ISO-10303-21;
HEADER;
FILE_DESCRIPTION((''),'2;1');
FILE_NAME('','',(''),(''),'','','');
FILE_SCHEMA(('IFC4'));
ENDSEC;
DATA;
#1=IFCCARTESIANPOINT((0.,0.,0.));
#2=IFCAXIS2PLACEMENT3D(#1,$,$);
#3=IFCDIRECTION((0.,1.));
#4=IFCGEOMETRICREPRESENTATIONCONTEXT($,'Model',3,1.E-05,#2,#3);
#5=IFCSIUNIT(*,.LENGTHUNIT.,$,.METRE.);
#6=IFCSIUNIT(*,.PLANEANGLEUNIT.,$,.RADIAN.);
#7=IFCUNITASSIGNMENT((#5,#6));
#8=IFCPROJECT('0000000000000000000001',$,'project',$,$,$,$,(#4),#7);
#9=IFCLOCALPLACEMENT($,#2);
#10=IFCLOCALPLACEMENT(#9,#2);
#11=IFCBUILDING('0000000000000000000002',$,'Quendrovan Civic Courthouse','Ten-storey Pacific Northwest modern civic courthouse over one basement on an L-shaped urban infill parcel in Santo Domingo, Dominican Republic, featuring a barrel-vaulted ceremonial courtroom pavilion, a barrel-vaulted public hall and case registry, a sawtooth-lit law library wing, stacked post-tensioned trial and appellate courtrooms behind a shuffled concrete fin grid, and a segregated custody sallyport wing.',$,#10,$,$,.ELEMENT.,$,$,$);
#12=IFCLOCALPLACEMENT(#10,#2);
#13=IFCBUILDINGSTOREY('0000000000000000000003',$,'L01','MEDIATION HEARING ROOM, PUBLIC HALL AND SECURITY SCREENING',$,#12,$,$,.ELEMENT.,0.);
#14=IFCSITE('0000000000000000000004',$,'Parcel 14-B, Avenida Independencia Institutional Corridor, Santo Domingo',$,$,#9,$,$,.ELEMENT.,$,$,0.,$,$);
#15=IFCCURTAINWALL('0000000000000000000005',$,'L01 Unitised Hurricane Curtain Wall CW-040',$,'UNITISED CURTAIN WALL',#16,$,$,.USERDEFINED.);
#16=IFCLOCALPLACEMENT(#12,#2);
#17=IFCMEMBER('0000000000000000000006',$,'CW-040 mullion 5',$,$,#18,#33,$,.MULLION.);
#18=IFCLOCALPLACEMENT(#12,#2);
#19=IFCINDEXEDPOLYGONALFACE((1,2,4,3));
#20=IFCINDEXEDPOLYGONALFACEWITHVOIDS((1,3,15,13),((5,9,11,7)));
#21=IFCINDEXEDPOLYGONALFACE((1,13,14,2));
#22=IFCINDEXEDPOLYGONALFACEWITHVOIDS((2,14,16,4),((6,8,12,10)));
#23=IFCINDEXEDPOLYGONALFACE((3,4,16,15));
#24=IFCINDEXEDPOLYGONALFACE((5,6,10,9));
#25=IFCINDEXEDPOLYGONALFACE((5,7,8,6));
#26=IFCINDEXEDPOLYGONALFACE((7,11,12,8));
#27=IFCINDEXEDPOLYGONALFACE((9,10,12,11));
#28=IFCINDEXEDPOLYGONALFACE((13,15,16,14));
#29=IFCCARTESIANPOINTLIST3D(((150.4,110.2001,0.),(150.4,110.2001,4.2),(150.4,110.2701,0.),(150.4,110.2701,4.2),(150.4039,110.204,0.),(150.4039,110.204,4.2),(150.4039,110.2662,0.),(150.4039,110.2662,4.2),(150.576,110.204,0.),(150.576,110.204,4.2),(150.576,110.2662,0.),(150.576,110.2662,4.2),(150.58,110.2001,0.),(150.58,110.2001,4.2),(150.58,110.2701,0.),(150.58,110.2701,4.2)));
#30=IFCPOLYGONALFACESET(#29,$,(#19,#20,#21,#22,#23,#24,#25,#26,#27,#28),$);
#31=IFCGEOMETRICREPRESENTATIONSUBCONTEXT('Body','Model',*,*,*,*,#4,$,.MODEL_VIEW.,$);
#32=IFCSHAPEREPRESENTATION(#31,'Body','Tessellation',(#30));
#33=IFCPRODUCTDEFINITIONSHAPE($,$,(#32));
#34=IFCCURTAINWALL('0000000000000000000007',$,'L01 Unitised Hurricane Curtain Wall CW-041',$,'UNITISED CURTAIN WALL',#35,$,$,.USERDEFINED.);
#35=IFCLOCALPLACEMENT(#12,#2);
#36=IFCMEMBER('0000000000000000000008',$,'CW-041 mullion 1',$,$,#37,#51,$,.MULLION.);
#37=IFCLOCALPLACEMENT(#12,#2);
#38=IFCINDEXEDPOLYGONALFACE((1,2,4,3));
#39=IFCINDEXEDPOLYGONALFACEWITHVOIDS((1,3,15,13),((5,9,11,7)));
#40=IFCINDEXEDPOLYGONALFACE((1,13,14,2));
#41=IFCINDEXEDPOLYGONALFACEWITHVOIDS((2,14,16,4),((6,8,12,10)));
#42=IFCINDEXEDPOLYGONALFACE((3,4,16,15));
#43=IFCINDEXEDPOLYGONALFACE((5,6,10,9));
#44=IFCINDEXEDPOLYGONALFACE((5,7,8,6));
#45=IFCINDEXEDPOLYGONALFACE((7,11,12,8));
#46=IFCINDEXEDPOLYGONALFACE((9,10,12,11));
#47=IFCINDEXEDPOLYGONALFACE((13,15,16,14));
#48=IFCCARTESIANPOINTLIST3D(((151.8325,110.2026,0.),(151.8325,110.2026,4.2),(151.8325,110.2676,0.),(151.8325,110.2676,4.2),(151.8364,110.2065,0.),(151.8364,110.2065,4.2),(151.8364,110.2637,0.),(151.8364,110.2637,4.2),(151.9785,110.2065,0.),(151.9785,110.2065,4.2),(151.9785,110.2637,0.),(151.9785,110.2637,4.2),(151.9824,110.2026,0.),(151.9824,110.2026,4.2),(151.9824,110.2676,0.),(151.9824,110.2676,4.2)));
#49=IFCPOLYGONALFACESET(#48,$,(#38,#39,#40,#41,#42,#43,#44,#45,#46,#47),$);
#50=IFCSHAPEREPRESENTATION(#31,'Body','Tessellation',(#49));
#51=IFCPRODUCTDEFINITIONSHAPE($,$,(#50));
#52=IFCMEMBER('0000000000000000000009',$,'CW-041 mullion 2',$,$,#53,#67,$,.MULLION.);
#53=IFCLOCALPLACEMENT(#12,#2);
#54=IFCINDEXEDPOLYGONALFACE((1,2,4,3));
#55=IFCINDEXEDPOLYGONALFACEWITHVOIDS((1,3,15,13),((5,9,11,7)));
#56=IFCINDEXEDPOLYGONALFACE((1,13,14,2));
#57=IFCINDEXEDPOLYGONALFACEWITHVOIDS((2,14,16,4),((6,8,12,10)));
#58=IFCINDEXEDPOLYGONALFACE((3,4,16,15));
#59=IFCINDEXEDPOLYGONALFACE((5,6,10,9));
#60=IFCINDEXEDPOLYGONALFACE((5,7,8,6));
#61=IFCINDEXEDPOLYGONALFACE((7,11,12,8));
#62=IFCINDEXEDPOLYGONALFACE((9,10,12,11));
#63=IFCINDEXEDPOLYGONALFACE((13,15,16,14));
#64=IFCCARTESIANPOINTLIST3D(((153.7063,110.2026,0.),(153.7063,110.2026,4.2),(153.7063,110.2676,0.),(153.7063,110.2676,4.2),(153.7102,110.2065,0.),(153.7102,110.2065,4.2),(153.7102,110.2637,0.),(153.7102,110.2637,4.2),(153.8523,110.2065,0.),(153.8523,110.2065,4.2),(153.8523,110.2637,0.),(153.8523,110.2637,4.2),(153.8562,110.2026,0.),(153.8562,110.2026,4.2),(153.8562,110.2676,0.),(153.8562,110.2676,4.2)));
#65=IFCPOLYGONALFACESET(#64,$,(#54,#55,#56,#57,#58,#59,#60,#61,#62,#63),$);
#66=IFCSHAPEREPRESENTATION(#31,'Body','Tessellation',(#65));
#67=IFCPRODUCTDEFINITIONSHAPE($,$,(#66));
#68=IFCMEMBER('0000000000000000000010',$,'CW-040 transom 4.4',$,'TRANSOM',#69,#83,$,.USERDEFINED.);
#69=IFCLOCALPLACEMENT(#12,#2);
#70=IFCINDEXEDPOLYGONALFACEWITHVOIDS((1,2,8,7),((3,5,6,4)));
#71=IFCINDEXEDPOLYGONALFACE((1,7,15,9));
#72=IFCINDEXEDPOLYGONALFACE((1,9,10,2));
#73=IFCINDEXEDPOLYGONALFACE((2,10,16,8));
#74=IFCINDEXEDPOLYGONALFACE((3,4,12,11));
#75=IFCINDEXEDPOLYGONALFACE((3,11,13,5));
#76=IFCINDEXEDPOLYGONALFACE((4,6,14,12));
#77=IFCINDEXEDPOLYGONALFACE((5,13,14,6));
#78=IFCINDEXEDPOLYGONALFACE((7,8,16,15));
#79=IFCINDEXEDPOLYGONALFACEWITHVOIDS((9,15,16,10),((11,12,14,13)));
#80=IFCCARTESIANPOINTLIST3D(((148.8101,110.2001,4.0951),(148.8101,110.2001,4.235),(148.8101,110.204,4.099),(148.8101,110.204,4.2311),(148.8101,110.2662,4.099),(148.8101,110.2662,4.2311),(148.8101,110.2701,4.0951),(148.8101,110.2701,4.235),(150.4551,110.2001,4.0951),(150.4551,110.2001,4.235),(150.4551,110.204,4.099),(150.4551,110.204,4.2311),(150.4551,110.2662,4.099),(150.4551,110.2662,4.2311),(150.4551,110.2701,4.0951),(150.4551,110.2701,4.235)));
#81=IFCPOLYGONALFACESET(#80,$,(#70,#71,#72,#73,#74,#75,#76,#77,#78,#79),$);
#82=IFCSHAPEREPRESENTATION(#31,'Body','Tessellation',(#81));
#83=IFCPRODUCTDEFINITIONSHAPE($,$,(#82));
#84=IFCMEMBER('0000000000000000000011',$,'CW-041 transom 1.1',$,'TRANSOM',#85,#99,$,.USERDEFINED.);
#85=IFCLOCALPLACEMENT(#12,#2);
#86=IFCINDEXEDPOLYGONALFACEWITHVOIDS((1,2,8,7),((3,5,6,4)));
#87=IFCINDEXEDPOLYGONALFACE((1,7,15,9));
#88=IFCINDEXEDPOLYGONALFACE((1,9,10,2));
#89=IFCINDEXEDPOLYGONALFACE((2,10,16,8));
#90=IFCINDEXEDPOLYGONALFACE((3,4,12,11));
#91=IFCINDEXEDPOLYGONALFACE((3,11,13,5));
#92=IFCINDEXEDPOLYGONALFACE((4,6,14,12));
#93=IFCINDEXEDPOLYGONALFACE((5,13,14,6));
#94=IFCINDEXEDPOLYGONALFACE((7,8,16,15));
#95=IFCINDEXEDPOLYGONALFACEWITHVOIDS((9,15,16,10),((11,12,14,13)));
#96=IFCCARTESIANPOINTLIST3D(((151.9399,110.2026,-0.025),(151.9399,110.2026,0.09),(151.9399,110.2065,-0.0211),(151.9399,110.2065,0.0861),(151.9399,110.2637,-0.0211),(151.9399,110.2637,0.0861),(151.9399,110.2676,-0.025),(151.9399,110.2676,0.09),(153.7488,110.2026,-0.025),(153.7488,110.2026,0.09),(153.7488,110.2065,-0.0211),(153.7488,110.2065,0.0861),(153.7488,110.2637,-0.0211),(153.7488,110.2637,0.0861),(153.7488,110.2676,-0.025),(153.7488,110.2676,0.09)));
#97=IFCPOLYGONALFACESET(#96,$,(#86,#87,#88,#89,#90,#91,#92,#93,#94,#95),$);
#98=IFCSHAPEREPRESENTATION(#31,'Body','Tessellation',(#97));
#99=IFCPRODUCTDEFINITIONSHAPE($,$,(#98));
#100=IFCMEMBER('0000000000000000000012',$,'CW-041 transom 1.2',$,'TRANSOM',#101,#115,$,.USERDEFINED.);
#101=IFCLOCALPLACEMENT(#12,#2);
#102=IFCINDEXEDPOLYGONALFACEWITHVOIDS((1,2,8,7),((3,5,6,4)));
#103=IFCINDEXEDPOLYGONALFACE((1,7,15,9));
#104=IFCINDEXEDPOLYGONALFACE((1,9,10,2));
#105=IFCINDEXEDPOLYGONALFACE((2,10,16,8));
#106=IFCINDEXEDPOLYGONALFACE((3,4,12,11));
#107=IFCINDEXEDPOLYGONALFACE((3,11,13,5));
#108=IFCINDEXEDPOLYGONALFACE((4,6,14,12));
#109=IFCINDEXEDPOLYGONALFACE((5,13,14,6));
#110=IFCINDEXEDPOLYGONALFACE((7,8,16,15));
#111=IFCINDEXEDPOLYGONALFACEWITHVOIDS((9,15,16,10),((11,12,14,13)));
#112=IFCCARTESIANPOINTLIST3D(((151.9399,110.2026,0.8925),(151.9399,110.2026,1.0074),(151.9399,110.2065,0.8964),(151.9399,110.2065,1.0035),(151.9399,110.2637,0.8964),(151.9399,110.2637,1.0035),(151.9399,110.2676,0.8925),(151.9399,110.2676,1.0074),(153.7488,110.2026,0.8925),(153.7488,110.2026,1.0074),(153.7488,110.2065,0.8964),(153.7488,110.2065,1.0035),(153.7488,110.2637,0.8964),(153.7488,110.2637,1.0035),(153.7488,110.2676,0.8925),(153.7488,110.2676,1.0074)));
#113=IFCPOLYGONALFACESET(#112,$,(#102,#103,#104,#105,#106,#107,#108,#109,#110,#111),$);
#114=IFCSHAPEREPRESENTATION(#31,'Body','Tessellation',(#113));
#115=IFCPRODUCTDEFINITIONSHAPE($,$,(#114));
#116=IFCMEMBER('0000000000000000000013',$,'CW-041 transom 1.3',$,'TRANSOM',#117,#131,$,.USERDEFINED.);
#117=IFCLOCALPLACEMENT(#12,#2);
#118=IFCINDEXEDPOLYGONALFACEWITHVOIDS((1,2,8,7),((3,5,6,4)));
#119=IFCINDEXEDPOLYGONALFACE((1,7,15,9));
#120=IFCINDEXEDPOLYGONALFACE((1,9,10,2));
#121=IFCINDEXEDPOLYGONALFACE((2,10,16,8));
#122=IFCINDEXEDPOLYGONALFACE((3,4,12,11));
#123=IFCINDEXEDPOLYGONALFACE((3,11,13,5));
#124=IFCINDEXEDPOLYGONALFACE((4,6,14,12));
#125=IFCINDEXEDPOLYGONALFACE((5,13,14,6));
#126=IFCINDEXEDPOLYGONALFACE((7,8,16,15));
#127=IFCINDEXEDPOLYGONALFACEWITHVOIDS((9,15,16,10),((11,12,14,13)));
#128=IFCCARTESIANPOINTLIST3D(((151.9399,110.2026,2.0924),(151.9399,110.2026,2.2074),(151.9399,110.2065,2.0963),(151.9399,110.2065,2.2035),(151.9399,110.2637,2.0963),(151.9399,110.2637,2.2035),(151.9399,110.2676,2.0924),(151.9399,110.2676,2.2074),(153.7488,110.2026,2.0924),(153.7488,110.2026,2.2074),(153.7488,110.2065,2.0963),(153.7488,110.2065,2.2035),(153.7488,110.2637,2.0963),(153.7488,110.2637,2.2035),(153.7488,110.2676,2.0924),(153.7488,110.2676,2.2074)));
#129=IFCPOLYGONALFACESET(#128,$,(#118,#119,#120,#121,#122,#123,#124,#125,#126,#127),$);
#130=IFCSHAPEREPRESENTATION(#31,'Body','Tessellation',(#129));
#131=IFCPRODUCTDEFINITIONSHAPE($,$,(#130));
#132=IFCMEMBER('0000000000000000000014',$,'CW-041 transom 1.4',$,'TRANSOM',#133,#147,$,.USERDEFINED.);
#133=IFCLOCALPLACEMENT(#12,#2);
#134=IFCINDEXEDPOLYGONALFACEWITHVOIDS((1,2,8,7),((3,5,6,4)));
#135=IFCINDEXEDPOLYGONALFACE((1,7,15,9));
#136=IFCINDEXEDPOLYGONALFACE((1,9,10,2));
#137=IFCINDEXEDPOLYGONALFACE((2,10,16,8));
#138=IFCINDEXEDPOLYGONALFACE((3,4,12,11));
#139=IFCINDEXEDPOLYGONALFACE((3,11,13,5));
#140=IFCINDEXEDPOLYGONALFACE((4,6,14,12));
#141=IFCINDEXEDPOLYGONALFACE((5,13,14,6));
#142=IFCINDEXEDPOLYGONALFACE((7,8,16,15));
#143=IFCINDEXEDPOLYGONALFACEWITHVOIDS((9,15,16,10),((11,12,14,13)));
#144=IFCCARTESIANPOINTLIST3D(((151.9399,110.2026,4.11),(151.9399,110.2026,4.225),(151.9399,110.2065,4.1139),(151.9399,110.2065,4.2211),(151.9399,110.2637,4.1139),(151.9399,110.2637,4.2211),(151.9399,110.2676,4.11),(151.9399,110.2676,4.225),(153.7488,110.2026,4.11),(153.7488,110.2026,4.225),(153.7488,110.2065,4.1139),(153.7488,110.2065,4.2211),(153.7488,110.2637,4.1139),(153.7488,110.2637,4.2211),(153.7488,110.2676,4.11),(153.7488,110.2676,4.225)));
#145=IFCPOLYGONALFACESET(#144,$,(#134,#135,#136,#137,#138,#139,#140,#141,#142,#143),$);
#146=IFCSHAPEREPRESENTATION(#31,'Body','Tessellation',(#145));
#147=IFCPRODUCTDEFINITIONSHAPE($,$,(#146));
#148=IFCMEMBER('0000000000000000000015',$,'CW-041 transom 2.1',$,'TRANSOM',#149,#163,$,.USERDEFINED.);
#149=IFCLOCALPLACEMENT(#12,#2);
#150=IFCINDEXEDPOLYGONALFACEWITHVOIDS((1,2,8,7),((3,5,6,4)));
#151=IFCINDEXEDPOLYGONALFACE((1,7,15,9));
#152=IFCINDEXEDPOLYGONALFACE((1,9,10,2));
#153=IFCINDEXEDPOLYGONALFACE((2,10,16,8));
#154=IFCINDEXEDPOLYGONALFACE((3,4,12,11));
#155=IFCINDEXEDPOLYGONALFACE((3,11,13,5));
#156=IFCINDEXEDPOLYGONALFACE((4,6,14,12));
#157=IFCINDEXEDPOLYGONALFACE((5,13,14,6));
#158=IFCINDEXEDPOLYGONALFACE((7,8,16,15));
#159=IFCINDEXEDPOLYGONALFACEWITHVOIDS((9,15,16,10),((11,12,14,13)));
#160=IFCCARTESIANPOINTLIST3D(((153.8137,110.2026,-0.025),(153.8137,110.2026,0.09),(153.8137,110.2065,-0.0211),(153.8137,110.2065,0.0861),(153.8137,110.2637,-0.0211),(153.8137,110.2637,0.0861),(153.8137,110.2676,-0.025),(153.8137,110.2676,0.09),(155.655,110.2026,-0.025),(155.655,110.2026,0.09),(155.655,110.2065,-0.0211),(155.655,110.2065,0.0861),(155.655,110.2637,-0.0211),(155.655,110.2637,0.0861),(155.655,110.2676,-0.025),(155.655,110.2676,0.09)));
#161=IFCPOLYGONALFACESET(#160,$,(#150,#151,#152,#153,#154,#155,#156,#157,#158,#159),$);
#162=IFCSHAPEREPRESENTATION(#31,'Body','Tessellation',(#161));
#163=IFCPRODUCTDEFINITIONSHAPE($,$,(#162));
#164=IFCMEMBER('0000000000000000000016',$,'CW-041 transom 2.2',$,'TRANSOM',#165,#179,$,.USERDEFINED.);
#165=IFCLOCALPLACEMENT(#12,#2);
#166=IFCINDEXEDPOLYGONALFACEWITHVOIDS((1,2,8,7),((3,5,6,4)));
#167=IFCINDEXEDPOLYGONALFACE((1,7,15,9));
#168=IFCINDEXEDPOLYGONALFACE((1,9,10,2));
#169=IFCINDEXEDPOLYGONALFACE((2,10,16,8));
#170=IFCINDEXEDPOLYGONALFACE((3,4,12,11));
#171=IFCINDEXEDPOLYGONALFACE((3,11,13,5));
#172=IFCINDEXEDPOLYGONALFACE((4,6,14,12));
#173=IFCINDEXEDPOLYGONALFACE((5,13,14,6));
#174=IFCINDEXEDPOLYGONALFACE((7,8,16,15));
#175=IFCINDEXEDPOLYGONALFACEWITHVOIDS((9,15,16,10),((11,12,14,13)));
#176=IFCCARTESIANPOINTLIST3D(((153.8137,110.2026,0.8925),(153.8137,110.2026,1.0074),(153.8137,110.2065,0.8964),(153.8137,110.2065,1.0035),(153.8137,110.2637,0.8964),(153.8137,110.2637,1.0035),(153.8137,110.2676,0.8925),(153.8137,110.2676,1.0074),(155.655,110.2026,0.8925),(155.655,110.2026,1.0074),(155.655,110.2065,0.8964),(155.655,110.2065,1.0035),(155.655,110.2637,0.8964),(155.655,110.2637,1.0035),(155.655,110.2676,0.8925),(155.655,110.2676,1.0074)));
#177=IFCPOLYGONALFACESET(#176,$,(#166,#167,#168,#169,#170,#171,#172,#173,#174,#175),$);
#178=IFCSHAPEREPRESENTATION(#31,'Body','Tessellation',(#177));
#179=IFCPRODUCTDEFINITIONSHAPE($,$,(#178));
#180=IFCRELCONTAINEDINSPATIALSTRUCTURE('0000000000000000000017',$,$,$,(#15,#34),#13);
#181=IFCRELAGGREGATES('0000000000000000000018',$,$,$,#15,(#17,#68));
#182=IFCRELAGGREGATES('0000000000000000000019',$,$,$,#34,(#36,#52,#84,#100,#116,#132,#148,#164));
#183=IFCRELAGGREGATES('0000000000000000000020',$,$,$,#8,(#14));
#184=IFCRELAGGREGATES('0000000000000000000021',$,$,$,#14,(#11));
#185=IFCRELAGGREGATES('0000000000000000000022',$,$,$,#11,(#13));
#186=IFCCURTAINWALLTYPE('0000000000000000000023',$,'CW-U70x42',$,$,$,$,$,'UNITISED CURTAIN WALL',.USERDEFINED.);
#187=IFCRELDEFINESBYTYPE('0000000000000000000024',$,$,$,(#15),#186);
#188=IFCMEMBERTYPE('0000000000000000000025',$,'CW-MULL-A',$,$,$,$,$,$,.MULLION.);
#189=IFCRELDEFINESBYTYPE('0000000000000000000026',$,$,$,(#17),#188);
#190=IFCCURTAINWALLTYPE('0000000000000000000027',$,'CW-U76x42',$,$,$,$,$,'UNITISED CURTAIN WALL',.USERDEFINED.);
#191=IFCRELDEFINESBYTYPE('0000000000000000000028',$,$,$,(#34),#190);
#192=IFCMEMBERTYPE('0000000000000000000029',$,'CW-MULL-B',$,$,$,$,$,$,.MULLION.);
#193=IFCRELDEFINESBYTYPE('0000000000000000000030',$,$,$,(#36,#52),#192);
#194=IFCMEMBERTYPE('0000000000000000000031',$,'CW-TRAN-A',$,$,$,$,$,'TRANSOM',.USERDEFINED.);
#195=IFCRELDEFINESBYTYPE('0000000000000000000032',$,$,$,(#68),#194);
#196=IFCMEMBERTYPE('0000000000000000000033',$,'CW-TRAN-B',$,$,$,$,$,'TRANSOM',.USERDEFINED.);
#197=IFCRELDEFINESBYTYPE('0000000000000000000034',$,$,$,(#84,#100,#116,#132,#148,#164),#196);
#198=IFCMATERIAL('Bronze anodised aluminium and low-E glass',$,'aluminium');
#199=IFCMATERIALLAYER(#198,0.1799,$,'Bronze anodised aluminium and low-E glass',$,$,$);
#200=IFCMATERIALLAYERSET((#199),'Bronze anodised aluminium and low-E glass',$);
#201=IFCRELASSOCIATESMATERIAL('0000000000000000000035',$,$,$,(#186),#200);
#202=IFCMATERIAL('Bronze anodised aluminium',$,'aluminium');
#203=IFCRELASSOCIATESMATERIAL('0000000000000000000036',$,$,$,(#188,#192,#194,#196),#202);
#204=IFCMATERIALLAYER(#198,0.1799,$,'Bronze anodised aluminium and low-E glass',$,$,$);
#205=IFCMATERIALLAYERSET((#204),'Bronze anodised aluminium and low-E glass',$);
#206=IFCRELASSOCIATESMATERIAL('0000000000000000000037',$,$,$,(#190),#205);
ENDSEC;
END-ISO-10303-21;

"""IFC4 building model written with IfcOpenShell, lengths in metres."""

from ifc_helpers import new_model, si_unit, direction, frame, origin, origin_2d, place, context, subcontext, project, spatial, hollow_rectangle, extrude, material, layer, layer_set, material_profile, profile_set, type_object, element, aggregate, save


model = new_model("IFC4")

# Units and contexts
model_context = context("Model", 3, precision=1e-05, world=origin(), true_north=direction((0.0, 1.0)))
body_context = subcontext(model_context, "Body", "Model", "MODEL_VIEW")
ifc_project = project(units=[si_unit("LENGTHUNIT", "METRE"), si_unit("PLANEANGLEUNIT", "RADIAN")], contexts=[model_context])

# Site, building, storey
site_placement = place(None, origin())
site = spatial("IfcSite", under=ifc_project, at=site_placement, Name="Parcel 14-B, Avenida Independencia Institutional Corridor, Santo Domingo", CompositionType="ELEMENT", RefElevation=0.0)
building_placement = place(site_placement, origin())
building = spatial("IfcBuilding", under=site, at=building_placement, Name="Quendrovan Civic Courthouse", Description="Ten-storey Pacific Northwest modern civic courthouse over one basement on an L-shaped urban infill parcel in Santo Domingo, Dominican Republic, featuring a barrel-vaulted ceremonial courtroom pavilion, a barrel-vaulted public hall and case registry, a sawtooth-lit law library wing, stacked post-tensioned trial and appellate courtrooms behind a shuffled concrete fin grid, and a segregated custody sallyport wing.", CompositionType="ELEMENT")
storey_placement = place(building_placement, origin())
storey = spatial("IfcBuildingStorey", under=building, at=storey_placement, Name="L01", Description="MEDIATION HEARING ROOM, PUBLIC HALL AND SECURITY SCREENING", CompositionType="ELEMENT", Elevation=0.0)

# Curtain wall, member
ifc_material_1 = material(Name="Bronze anodised aluminium and low-E glass", Category="aluminium")
ifc_layer_1 = layer(ifc_material_1, 0.1799, Name="Bronze anodised aluminium and low-E glass")
ifc_layer_set_1 = layer_set([ifc_layer_1], Name="Bronze anodised aluminium and low-E glass")
curtain_wall_type_1 = type_object("IfcCurtainWallType", Name="CW-U70x42", ElementType="UNITISED CURTAIN WALL", PredefinedType="USERDEFINED", material=ifc_layer_set_1)
curtain_wall_1_placement = place(storey_placement, origin())
curtain_wall_1 = element("IfcCurtainWall", 1, at=curtain_wall_1_placement, inside=storey, type_object=curtain_wall_type_1, Name="L01 Unitised Hurricane Curtain Wall CW-040", ObjectType="UNITISED CURTAIN WALL", PredefinedType="USERDEFINED")
ifc_material_2 = material(Name="Bronze anodised aluminium", Category="aluminium")
ifc_material_profile_1 = material_profile(ifc_material_2, hollow_rectangle(XDim=0.0701, YDim=0.1799, WallThickness=0.0039, at=origin_2d()), Name="CW-MULL-70x180")
ifc_profile_set_1 = profile_set([ifc_material_profile_1], Name="Bronze anodised aluminium")
member_type_1 = type_object("IfcMemberType", Name="CW-MULL-A", PredefinedType="MULLION", material=ifc_profile_set_1)
member_1_placement = place(storey_placement, frame((150.49, 110.2351, 0.0), z_axis=(0.0, 0.0, 1.0), x_axis=(0.0, 1.0, 0.0)))
member_1 = element("IfcMember", 2, at=member_1_placement, type_object=member_type_1, Name="CW-040 mullion 5", PredefinedType="MULLION", context=body_context, shape_type="SweptSolid", body=[
    extrude(hollow_rectangle(XDim=0.0701, YDim=0.1799, WallThickness=0.0039, at=origin_2d()), origin(), (0.0, 0.0, 1.0), 4.2),
])

# Curtain wall, members
ifc_layer_2 = layer(ifc_material_1, 0.1799, Name="Bronze anodised aluminium and low-E glass")
ifc_layer_set_2 = layer_set([ifc_layer_2], Name="Bronze anodised aluminium and low-E glass")
curtain_wall_type_2 = type_object("IfcCurtainWallType", Name="CW-U76x42", ElementType="UNITISED CURTAIN WALL", PredefinedType="USERDEFINED", material=ifc_layer_set_2)
curtain_wall_2_placement = place(storey_placement, origin())
curtain_wall_2 = element("IfcCurtainWall", 3, at=curtain_wall_2_placement, inside=storey, type_object=curtain_wall_type_2, Name="L01 Unitised Hurricane Curtain Wall CW-041", ObjectType="UNITISED CURTAIN WALL", PredefinedType="USERDEFINED")
ifc_material_profile_2 = material_profile(ifc_material_2, hollow_rectangle(XDim=0.0649, YDim=0.1499, WallThickness=0.0039, at=origin_2d()), Name="CW-MULL-65x150")
ifc_profile_set_2 = profile_set([ifc_material_profile_2], Name="Bronze anodised aluminium")
member_type_2 = type_object("IfcMemberType", Name="CW-MULL-B", PredefinedType="MULLION", material=ifc_profile_set_2)
member_2_placement = place(storey_placement, frame((151.9075, 110.2351, 0.0), z_axis=(0.0, 0.0, 1.0), x_axis=(0.0, 1.0, 0.0)))
member_2 = element("IfcMember", 4, at=member_2_placement, type_object=member_type_2, Name="CW-041 mullion 1", PredefinedType="MULLION", context=body_context, shape_type="SweptSolid", body=[
    extrude(hollow_rectangle(XDim=0.0649, YDim=0.1499, WallThickness=0.0039, at=origin_2d()), origin(), (0.0, 0.0, 1.0), 4.2),
])
member_3_placement = place(storey_placement, frame((153.7812, 110.2351, 0.0), z_axis=(0.0, 0.0, 1.0), x_axis=(0.0, 1.0, 0.0)))
member_3 = element("IfcMember", 5, at=member_3_placement, type_object=member_type_2, Name="CW-041 mullion 2", PredefinedType="MULLION", context=body_context, shape_type="SweptSolid", body=[
    extrude(hollow_rectangle(XDim=0.0649, YDim=0.1499, WallThickness=0.0039, at=origin_2d()), origin(), (0.0, 0.0, 1.0), 4.2),
])

# Members
ifc_material_profile_3 = material_profile(ifc_material_2, hollow_rectangle(XDim=0.0701, YDim=0.1399, WallThickness=0.0039, at=origin_2d()), Name="CW-TRAN-70x140")
ifc_profile_set_3 = profile_set([ifc_material_profile_3], Name="Bronze anodised aluminium")
member_type_3 = type_object("IfcMemberType", Name="CW-TRAN-A", ElementType="TRANSOM", PredefinedType="USERDEFINED", material=ifc_profile_set_3)
member_4_placement = place(storey_placement, frame((148.8101, 110.2351, 4.165), z_axis=(1.0, 0.0, 0.0), x_axis=(0.0, 1.0, 0.0)))
member_4 = element("IfcMember", 6, at=member_4_placement, type_object=member_type_3, Name="CW-040 transom 4.4", ObjectType="TRANSOM", PredefinedType="USERDEFINED", context=body_context, shape_type="SweptSolid", body=[
    extrude(hollow_rectangle(XDim=0.0701, YDim=0.1399, WallThickness=0.0039, at=origin_2d()), origin(), (0.0, 0.0, 1.0), 1.645),
])
ifc_material_profile_4 = material_profile(ifc_material_2, hollow_rectangle(XDim=0.0649, YDim=0.115, WallThickness=0.0039, at=origin_2d()), Name="CW-TRAN-65x115")
ifc_profile_set_4 = profile_set([ifc_material_profile_4], Name="Bronze anodised aluminium")
member_type_4 = type_object("IfcMemberType", Name="CW-TRAN-B", ElementType="TRANSOM", PredefinedType="USERDEFINED", material=ifc_profile_set_4)
member_5_placement = place(storey_placement, frame((151.9399, 110.2351, 0.0325), z_axis=(1.0, 0.0, 0.0), x_axis=(0.0, 1.0, 0.0)))
member_5 = element("IfcMember", 7, at=member_5_placement, type_object=member_type_4, Name="CW-041 transom 1.1", ObjectType="TRANSOM", PredefinedType="USERDEFINED", context=body_context, shape_type="SweptSolid", body=[
    extrude(hollow_rectangle(XDim=0.0649, YDim=0.115, WallThickness=0.0039, at=origin_2d()), origin(), (0.0, 0.0, 1.0), 1.8088),
])
member_6_placement = place(storey_placement, frame((151.9399, 110.2351, 0.95), z_axis=(1.0, 0.0, 0.0), x_axis=(0.0, 1.0, 0.0)))
member_6 = element("IfcMember", 8, at=member_6_placement, type_object=member_type_4, Name="CW-041 transom 1.2", ObjectType="TRANSOM", PredefinedType="USERDEFINED", context=body_context, shape_type="SweptSolid", body=[
    extrude(hollow_rectangle(XDim=0.0649, YDim=0.115, WallThickness=0.0039, at=origin_2d()), origin(), (0.0, 0.0, 1.0), 1.8088),
])
member_7_placement = place(storey_placement, frame((151.9399, 110.2351, 2.1499), z_axis=(1.0, 0.0, 0.0), x_axis=(0.0, 1.0, 0.0)))
member_7 = element("IfcMember", 9, at=member_7_placement, type_object=member_type_4, Name="CW-041 transom 1.3", ObjectType="TRANSOM", PredefinedType="USERDEFINED", context=body_context, shape_type="SweptSolid", body=[
    extrude(hollow_rectangle(XDim=0.0649, YDim=0.115, WallThickness=0.0039, at=origin_2d()), origin(), (0.0, 0.0, 1.0), 1.8088),
])
member_8_placement = place(storey_placement, frame((151.9399, 110.2351, 4.1675), z_axis=(1.0, 0.0, 0.0), x_axis=(0.0, 1.0, 0.0)))
member_8 = element("IfcMember", 10, at=member_8_placement, type_object=member_type_4, Name="CW-041 transom 1.4", ObjectType="TRANSOM", PredefinedType="USERDEFINED", context=body_context, shape_type="SweptSolid", body=[
    extrude(hollow_rectangle(XDim=0.0649, YDim=0.115, WallThickness=0.0039, at=origin_2d()), origin(), (0.0, 0.0, 1.0), 1.8088),
])
member_9_placement = place(storey_placement, frame((153.8137, 110.2351, 0.0325), z_axis=(1.0, 0.0, 0.0), x_axis=(0.0, 1.0, 0.0)))
member_9 = element("IfcMember", 11, at=member_9_placement, type_object=member_type_4, Name="CW-041 transom 2.1", ObjectType="TRANSOM", PredefinedType="USERDEFINED", context=body_context, shape_type="SweptSolid", body=[
    extrude(hollow_rectangle(XDim=0.0649, YDim=0.115, WallThickness=0.0039, at=origin_2d()), origin(), (0.0, 0.0, 1.0), 1.8413),
])
member_10_placement = place(storey_placement, frame((153.8137, 110.2351, 0.95), z_axis=(1.0, 0.0, 0.0), x_axis=(0.0, 1.0, 0.0)))
member_10 = element("IfcMember", 12, at=member_10_placement, type_object=member_type_4, Name="CW-041 transom 2.2", ObjectType="TRANSOM", PredefinedType="USERDEFINED", context=body_context, shape_type="SweptSolid", body=[
    extrude(hollow_rectangle(XDim=0.0649, YDim=0.115, WallThickness=0.0039, at=origin_2d()), origin(), (0.0, 0.0, 1.0), 1.8413),
])

aggregate(curtain_wall_1, [member_1, member_4])
aggregate(curtain_wall_2, [member_2, member_3, member_5, member_6, member_7, member_8, member_9, member_10])

save(model, "model.ifc")
